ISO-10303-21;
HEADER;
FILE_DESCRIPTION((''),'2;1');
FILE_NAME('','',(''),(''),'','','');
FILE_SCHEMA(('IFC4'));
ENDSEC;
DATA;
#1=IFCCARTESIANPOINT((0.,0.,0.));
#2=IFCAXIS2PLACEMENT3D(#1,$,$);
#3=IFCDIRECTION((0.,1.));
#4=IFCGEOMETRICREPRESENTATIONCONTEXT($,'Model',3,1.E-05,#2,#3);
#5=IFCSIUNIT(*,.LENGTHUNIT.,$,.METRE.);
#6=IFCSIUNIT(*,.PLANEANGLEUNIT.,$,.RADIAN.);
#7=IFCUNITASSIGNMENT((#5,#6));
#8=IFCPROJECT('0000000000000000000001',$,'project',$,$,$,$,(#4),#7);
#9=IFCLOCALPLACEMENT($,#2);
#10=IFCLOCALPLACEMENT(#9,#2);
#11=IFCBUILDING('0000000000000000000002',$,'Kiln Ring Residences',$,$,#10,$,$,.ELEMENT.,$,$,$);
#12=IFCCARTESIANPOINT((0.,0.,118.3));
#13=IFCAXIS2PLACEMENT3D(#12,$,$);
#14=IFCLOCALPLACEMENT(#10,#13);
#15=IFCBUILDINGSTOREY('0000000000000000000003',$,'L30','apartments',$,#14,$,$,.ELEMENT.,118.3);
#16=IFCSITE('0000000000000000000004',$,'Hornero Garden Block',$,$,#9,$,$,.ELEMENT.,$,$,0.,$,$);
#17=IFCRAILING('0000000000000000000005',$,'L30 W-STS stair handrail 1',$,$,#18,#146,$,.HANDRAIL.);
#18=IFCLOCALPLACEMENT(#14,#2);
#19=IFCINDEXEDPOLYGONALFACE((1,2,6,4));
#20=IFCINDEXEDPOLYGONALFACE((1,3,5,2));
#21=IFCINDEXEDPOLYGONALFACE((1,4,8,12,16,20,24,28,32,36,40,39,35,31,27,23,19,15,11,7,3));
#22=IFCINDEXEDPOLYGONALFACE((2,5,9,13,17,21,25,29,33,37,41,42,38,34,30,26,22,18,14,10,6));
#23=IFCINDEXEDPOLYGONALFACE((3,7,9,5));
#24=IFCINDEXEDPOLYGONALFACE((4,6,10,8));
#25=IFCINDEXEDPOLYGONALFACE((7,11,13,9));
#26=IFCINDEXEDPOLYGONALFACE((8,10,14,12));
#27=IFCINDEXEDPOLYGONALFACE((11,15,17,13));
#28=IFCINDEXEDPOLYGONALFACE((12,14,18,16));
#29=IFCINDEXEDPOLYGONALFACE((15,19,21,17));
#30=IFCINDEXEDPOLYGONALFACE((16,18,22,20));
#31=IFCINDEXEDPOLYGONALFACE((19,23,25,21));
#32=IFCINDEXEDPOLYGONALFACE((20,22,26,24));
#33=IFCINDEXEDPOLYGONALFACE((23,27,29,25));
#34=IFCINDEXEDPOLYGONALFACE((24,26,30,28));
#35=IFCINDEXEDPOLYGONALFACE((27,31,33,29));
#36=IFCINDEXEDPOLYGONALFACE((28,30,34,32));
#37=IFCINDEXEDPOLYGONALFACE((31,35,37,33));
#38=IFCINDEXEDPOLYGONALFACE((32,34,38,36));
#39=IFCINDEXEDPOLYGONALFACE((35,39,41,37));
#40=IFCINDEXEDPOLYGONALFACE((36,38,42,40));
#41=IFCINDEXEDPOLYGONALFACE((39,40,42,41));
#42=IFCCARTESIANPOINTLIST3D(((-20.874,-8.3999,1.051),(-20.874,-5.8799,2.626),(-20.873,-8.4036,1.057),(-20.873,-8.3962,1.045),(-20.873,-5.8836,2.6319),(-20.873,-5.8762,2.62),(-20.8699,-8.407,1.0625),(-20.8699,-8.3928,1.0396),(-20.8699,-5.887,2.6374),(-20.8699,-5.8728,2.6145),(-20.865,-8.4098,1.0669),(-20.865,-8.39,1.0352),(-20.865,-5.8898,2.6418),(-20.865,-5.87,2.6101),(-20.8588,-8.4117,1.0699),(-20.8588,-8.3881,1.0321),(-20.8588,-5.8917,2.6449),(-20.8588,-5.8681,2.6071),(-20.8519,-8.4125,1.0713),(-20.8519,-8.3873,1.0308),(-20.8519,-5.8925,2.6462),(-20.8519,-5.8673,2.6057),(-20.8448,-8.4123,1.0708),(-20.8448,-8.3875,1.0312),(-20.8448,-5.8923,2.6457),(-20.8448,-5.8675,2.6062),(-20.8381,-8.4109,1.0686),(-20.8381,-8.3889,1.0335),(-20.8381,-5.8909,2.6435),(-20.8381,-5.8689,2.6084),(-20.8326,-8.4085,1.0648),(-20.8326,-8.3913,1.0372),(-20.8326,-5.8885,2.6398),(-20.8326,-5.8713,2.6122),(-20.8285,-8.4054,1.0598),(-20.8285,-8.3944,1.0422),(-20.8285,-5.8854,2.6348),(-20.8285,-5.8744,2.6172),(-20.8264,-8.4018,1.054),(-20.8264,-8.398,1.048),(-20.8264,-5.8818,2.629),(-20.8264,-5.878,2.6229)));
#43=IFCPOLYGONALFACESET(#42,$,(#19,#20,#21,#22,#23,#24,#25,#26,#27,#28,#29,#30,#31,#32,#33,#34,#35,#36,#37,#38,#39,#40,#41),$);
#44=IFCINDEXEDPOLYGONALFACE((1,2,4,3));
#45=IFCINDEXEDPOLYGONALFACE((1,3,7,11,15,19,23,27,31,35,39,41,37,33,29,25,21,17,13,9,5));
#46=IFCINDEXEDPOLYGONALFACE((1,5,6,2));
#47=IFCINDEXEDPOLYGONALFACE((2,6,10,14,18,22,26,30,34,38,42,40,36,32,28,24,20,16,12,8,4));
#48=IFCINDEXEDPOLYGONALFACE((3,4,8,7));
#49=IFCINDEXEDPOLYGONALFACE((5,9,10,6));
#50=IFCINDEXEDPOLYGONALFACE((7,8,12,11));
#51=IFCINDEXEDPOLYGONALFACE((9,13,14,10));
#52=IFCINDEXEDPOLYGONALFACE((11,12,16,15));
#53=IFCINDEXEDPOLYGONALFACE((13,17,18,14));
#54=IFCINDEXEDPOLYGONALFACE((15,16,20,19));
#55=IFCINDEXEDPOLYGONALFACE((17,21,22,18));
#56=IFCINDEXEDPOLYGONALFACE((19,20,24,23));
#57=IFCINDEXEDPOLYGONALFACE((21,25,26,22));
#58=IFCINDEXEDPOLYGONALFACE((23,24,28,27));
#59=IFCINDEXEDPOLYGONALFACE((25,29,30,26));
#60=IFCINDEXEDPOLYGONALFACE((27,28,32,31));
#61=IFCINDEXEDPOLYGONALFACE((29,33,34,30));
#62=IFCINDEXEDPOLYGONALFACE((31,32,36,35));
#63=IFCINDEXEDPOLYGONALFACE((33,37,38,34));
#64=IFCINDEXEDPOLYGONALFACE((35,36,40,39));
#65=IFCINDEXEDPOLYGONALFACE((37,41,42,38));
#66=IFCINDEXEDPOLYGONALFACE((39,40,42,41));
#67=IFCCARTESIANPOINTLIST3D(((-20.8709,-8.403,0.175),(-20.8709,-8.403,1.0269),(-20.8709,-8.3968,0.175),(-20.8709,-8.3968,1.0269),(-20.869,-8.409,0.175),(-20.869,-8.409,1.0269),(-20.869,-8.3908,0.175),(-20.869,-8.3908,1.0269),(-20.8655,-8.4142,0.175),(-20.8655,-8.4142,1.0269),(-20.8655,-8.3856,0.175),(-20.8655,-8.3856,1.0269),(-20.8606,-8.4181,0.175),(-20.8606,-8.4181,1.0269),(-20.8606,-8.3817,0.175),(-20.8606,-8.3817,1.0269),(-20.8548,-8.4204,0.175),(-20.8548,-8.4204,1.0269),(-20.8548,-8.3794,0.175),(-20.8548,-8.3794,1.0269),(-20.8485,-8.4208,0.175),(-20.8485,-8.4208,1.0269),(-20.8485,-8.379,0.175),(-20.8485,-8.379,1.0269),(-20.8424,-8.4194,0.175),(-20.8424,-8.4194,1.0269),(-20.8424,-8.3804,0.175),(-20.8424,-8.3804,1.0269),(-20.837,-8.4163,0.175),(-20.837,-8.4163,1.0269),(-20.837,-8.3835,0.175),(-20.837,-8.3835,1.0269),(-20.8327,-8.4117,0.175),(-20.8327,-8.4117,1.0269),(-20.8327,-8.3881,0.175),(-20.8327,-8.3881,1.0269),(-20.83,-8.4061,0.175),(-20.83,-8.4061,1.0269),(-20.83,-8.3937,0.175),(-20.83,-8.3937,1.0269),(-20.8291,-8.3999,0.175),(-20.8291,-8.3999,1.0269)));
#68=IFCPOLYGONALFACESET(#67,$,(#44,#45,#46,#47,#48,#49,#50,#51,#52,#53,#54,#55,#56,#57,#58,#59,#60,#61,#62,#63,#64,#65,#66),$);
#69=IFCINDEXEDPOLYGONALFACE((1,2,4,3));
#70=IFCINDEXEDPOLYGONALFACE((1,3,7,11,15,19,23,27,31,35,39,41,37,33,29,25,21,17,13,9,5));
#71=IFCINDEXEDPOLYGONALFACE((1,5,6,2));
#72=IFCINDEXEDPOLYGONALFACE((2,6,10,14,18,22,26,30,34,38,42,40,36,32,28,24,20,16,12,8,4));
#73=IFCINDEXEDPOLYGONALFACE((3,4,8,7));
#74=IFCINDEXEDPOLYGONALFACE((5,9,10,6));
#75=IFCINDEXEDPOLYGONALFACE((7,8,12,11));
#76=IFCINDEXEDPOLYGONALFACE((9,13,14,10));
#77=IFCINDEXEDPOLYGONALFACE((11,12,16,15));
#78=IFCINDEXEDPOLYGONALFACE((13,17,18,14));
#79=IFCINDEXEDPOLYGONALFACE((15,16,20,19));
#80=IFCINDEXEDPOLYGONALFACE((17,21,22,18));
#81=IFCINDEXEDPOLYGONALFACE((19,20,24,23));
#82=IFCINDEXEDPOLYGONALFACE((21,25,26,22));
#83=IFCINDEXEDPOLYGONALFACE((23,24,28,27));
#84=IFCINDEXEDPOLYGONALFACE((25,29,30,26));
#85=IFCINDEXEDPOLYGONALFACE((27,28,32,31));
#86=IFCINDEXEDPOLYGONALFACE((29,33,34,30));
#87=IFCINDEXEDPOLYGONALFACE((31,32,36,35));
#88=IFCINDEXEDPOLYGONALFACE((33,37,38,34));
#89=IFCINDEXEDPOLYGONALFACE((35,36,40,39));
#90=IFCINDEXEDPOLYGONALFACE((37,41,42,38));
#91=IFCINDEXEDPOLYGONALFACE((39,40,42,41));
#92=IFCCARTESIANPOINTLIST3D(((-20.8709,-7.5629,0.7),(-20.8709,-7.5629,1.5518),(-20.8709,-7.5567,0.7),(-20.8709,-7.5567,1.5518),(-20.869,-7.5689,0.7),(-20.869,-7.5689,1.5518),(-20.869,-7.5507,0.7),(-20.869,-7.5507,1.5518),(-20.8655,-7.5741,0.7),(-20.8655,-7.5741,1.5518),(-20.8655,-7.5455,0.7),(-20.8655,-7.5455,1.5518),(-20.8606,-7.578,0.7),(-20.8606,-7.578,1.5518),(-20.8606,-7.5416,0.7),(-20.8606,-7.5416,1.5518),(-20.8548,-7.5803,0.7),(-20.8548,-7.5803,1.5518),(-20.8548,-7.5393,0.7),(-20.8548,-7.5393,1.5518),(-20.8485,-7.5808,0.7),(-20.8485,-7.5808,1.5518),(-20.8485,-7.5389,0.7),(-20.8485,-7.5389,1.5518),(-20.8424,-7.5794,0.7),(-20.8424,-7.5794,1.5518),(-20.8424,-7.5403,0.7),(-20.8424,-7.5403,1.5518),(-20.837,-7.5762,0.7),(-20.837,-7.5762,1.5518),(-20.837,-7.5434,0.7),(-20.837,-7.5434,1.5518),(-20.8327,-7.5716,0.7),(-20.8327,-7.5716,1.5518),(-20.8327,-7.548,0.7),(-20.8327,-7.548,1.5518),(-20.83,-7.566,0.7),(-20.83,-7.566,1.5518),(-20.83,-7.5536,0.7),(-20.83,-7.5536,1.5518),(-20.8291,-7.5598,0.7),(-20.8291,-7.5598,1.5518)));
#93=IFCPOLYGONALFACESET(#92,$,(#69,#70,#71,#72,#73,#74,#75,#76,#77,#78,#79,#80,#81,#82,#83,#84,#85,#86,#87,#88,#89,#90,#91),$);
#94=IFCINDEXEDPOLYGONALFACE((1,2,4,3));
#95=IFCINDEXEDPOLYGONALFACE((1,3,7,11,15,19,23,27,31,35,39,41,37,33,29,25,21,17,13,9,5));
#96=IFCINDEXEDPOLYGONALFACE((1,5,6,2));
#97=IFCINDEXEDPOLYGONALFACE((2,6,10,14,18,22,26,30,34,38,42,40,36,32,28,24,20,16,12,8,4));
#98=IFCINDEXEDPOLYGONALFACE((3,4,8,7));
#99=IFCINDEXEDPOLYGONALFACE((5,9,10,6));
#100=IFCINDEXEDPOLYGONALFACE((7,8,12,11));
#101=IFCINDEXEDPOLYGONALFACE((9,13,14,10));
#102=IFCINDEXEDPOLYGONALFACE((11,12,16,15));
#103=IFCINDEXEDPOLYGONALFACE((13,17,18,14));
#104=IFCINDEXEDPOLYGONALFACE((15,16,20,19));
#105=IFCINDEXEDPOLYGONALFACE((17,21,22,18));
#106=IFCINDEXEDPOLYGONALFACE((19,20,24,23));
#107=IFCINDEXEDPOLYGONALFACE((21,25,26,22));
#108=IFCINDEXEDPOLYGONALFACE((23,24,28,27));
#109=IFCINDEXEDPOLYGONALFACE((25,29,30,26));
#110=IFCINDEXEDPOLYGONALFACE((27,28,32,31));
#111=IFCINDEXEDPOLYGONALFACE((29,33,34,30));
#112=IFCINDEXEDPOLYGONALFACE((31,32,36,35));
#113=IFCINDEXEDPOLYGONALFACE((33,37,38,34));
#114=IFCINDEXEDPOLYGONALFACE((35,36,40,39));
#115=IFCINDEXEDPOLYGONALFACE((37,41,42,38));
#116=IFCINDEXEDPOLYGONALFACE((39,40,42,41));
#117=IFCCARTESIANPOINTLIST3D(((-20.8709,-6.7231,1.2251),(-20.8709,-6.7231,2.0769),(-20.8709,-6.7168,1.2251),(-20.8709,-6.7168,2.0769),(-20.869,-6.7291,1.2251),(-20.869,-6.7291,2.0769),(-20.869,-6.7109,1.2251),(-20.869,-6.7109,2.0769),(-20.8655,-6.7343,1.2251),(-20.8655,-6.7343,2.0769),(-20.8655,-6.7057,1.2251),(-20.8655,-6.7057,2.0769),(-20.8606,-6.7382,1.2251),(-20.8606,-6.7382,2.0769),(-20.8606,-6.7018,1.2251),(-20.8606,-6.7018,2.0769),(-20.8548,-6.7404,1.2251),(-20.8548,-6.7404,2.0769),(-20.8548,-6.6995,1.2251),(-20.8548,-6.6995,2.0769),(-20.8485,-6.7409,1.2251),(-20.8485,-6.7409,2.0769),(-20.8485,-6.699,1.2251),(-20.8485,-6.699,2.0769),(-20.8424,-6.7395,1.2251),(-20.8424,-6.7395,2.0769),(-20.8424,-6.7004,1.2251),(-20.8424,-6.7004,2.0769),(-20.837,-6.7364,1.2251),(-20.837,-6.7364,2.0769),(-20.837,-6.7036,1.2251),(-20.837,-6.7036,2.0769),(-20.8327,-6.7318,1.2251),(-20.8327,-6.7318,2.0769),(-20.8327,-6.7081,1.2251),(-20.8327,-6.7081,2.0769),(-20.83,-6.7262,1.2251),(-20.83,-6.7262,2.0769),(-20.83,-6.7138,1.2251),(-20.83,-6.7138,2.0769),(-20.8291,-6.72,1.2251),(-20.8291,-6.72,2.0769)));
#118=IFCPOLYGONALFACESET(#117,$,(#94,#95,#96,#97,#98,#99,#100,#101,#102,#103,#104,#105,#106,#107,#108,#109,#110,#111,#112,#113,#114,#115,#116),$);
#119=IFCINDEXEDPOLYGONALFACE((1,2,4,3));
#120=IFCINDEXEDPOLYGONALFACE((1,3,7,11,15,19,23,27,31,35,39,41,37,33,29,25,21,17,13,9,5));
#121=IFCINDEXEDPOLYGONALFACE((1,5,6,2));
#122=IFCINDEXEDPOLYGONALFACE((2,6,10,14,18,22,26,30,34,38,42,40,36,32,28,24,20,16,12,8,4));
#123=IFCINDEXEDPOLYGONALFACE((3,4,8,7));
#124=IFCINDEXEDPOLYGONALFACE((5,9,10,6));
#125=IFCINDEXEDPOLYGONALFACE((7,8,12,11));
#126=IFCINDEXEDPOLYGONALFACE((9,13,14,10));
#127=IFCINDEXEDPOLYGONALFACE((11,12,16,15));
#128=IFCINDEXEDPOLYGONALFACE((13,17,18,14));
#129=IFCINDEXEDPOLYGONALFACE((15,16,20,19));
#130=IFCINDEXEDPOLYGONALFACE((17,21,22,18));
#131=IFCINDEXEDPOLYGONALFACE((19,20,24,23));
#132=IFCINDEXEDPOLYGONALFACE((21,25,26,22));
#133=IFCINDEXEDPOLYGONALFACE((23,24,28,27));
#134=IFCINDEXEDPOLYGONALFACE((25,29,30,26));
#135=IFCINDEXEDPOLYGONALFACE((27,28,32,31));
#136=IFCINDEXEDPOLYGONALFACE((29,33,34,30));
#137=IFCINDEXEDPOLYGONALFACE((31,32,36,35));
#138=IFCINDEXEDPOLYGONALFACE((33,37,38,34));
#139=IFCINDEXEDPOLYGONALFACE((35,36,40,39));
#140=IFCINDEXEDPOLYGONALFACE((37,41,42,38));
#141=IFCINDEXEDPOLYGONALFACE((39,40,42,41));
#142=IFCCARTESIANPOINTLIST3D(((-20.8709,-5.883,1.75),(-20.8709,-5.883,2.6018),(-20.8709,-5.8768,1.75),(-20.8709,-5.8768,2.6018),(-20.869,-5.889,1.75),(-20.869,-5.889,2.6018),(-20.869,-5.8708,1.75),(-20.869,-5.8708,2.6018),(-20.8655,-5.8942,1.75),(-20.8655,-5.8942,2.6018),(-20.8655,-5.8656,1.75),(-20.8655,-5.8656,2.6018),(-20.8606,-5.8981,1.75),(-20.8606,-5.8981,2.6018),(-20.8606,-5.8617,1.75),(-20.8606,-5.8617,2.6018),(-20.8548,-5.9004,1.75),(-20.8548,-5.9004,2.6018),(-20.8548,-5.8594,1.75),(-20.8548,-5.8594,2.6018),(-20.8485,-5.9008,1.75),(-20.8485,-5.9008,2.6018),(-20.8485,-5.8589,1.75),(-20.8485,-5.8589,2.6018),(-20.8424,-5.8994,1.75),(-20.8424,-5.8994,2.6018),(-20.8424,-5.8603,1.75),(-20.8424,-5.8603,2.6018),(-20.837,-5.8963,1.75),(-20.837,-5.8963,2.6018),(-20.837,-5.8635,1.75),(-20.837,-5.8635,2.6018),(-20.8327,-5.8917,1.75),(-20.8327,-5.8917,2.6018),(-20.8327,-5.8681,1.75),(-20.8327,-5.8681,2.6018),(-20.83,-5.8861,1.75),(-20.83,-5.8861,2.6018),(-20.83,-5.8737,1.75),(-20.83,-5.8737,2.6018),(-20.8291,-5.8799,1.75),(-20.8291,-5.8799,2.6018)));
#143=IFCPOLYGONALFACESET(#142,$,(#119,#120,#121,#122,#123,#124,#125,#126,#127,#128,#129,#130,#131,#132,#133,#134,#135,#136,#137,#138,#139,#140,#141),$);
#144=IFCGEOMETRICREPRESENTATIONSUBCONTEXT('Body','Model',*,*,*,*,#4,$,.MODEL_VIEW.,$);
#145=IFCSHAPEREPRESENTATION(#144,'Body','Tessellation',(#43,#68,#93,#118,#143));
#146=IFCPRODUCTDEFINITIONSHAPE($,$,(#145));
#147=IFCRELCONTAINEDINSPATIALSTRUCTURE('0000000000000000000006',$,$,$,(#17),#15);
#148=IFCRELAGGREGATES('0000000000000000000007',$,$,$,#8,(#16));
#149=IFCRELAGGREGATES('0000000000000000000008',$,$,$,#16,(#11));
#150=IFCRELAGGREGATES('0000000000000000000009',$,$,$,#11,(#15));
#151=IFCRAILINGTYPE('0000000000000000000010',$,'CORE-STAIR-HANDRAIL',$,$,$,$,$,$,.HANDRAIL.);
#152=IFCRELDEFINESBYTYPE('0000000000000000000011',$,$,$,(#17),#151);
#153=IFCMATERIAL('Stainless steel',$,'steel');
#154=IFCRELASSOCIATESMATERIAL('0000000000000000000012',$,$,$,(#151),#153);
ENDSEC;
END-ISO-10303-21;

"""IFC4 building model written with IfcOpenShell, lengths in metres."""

from ifc_helpers import new_model, si_unit, direction, frame, origin, origin_2d, place, context, subcontext, project, spatial, circle, extrude, material, type_object, element, save


model = new_model("IFC4")

# Units and contexts
model_context = context("Model", 3, precision=1e-05, world=origin(), true_north=direction((0.0, 1.0)))
body_context = subcontext(model_context, "Body", "Model", "MODEL_VIEW")
ifc_project = project(units=[si_unit("LENGTHUNIT", "METRE"), si_unit("PLANEANGLEUNIT", "RADIAN")], contexts=[model_context])

# Site, building, storey
site_placement = place(None, origin())
site = spatial("IfcSite", under=ifc_project, at=site_placement, Name="Hornero Garden Block", CompositionType="ELEMENT", RefElevation=0.0)
building_placement = place(site_placement, origin())
building = spatial("IfcBuilding", under=site, at=building_placement, Name="Kiln Ring Residences", CompositionType="ELEMENT")
storey_placement = place(building_placement, frame((0.0, 0.0, 118.3)))
storey = spatial("IfcBuildingStorey", under=building, at=storey_placement, Name="L30", Description="apartments", CompositionType="ELEMENT", Elevation=118.3)

# Railing
ifc_material_1 = material(Name="Stainless steel", Category="steel")
railing_type_1 = type_object("IfcRailingType", Name="CORE-STAIR-HANDRAIL", PredefinedType="HANDRAIL", material=ifc_material_1)
railing_1_placement = place(storey_placement, frame((-20.8501, -8.3999, 0.175)))
element("IfcRailing", 1, at=railing_1_placement, inside=storey, type_object=railing_type_1, Name="L30 W-STS stair handrail 1", PredefinedType="HANDRAIL", context=body_context, shape_type="SweptSolid", body=[
    extrude(circle(Radius=0.0239, at=origin_2d()), frame((0.0, 0.0, 0.876), z_axis=(0.0, 0.848008, 0.529984), x_axis=(-1.0, 0.0, 0.0)), (0.0, 0.0, 1.0), 2.9717),
    extrude(circle(Radius=0.021, at=origin_2d()), origin(), (0.0, 0.0, 1.0), 0.8518),
    extrude(circle(Radius=0.021, at=origin_2d()), frame((0.0, 0.8401, 0.5249)), (0.0, 0.0, 1.0), 0.8518),
    extrude(circle(Radius=0.021, at=origin_2d()), frame((0.0, 1.6799, 1.05)), (0.0, 0.0, 1.0), 0.8518),
    extrude(circle(Radius=0.021, at=origin_2d()), frame((0.0, 2.52, 1.575)), (0.0, 0.0, 1.0), 0.8518),
])

save(model, "model.ifc")
